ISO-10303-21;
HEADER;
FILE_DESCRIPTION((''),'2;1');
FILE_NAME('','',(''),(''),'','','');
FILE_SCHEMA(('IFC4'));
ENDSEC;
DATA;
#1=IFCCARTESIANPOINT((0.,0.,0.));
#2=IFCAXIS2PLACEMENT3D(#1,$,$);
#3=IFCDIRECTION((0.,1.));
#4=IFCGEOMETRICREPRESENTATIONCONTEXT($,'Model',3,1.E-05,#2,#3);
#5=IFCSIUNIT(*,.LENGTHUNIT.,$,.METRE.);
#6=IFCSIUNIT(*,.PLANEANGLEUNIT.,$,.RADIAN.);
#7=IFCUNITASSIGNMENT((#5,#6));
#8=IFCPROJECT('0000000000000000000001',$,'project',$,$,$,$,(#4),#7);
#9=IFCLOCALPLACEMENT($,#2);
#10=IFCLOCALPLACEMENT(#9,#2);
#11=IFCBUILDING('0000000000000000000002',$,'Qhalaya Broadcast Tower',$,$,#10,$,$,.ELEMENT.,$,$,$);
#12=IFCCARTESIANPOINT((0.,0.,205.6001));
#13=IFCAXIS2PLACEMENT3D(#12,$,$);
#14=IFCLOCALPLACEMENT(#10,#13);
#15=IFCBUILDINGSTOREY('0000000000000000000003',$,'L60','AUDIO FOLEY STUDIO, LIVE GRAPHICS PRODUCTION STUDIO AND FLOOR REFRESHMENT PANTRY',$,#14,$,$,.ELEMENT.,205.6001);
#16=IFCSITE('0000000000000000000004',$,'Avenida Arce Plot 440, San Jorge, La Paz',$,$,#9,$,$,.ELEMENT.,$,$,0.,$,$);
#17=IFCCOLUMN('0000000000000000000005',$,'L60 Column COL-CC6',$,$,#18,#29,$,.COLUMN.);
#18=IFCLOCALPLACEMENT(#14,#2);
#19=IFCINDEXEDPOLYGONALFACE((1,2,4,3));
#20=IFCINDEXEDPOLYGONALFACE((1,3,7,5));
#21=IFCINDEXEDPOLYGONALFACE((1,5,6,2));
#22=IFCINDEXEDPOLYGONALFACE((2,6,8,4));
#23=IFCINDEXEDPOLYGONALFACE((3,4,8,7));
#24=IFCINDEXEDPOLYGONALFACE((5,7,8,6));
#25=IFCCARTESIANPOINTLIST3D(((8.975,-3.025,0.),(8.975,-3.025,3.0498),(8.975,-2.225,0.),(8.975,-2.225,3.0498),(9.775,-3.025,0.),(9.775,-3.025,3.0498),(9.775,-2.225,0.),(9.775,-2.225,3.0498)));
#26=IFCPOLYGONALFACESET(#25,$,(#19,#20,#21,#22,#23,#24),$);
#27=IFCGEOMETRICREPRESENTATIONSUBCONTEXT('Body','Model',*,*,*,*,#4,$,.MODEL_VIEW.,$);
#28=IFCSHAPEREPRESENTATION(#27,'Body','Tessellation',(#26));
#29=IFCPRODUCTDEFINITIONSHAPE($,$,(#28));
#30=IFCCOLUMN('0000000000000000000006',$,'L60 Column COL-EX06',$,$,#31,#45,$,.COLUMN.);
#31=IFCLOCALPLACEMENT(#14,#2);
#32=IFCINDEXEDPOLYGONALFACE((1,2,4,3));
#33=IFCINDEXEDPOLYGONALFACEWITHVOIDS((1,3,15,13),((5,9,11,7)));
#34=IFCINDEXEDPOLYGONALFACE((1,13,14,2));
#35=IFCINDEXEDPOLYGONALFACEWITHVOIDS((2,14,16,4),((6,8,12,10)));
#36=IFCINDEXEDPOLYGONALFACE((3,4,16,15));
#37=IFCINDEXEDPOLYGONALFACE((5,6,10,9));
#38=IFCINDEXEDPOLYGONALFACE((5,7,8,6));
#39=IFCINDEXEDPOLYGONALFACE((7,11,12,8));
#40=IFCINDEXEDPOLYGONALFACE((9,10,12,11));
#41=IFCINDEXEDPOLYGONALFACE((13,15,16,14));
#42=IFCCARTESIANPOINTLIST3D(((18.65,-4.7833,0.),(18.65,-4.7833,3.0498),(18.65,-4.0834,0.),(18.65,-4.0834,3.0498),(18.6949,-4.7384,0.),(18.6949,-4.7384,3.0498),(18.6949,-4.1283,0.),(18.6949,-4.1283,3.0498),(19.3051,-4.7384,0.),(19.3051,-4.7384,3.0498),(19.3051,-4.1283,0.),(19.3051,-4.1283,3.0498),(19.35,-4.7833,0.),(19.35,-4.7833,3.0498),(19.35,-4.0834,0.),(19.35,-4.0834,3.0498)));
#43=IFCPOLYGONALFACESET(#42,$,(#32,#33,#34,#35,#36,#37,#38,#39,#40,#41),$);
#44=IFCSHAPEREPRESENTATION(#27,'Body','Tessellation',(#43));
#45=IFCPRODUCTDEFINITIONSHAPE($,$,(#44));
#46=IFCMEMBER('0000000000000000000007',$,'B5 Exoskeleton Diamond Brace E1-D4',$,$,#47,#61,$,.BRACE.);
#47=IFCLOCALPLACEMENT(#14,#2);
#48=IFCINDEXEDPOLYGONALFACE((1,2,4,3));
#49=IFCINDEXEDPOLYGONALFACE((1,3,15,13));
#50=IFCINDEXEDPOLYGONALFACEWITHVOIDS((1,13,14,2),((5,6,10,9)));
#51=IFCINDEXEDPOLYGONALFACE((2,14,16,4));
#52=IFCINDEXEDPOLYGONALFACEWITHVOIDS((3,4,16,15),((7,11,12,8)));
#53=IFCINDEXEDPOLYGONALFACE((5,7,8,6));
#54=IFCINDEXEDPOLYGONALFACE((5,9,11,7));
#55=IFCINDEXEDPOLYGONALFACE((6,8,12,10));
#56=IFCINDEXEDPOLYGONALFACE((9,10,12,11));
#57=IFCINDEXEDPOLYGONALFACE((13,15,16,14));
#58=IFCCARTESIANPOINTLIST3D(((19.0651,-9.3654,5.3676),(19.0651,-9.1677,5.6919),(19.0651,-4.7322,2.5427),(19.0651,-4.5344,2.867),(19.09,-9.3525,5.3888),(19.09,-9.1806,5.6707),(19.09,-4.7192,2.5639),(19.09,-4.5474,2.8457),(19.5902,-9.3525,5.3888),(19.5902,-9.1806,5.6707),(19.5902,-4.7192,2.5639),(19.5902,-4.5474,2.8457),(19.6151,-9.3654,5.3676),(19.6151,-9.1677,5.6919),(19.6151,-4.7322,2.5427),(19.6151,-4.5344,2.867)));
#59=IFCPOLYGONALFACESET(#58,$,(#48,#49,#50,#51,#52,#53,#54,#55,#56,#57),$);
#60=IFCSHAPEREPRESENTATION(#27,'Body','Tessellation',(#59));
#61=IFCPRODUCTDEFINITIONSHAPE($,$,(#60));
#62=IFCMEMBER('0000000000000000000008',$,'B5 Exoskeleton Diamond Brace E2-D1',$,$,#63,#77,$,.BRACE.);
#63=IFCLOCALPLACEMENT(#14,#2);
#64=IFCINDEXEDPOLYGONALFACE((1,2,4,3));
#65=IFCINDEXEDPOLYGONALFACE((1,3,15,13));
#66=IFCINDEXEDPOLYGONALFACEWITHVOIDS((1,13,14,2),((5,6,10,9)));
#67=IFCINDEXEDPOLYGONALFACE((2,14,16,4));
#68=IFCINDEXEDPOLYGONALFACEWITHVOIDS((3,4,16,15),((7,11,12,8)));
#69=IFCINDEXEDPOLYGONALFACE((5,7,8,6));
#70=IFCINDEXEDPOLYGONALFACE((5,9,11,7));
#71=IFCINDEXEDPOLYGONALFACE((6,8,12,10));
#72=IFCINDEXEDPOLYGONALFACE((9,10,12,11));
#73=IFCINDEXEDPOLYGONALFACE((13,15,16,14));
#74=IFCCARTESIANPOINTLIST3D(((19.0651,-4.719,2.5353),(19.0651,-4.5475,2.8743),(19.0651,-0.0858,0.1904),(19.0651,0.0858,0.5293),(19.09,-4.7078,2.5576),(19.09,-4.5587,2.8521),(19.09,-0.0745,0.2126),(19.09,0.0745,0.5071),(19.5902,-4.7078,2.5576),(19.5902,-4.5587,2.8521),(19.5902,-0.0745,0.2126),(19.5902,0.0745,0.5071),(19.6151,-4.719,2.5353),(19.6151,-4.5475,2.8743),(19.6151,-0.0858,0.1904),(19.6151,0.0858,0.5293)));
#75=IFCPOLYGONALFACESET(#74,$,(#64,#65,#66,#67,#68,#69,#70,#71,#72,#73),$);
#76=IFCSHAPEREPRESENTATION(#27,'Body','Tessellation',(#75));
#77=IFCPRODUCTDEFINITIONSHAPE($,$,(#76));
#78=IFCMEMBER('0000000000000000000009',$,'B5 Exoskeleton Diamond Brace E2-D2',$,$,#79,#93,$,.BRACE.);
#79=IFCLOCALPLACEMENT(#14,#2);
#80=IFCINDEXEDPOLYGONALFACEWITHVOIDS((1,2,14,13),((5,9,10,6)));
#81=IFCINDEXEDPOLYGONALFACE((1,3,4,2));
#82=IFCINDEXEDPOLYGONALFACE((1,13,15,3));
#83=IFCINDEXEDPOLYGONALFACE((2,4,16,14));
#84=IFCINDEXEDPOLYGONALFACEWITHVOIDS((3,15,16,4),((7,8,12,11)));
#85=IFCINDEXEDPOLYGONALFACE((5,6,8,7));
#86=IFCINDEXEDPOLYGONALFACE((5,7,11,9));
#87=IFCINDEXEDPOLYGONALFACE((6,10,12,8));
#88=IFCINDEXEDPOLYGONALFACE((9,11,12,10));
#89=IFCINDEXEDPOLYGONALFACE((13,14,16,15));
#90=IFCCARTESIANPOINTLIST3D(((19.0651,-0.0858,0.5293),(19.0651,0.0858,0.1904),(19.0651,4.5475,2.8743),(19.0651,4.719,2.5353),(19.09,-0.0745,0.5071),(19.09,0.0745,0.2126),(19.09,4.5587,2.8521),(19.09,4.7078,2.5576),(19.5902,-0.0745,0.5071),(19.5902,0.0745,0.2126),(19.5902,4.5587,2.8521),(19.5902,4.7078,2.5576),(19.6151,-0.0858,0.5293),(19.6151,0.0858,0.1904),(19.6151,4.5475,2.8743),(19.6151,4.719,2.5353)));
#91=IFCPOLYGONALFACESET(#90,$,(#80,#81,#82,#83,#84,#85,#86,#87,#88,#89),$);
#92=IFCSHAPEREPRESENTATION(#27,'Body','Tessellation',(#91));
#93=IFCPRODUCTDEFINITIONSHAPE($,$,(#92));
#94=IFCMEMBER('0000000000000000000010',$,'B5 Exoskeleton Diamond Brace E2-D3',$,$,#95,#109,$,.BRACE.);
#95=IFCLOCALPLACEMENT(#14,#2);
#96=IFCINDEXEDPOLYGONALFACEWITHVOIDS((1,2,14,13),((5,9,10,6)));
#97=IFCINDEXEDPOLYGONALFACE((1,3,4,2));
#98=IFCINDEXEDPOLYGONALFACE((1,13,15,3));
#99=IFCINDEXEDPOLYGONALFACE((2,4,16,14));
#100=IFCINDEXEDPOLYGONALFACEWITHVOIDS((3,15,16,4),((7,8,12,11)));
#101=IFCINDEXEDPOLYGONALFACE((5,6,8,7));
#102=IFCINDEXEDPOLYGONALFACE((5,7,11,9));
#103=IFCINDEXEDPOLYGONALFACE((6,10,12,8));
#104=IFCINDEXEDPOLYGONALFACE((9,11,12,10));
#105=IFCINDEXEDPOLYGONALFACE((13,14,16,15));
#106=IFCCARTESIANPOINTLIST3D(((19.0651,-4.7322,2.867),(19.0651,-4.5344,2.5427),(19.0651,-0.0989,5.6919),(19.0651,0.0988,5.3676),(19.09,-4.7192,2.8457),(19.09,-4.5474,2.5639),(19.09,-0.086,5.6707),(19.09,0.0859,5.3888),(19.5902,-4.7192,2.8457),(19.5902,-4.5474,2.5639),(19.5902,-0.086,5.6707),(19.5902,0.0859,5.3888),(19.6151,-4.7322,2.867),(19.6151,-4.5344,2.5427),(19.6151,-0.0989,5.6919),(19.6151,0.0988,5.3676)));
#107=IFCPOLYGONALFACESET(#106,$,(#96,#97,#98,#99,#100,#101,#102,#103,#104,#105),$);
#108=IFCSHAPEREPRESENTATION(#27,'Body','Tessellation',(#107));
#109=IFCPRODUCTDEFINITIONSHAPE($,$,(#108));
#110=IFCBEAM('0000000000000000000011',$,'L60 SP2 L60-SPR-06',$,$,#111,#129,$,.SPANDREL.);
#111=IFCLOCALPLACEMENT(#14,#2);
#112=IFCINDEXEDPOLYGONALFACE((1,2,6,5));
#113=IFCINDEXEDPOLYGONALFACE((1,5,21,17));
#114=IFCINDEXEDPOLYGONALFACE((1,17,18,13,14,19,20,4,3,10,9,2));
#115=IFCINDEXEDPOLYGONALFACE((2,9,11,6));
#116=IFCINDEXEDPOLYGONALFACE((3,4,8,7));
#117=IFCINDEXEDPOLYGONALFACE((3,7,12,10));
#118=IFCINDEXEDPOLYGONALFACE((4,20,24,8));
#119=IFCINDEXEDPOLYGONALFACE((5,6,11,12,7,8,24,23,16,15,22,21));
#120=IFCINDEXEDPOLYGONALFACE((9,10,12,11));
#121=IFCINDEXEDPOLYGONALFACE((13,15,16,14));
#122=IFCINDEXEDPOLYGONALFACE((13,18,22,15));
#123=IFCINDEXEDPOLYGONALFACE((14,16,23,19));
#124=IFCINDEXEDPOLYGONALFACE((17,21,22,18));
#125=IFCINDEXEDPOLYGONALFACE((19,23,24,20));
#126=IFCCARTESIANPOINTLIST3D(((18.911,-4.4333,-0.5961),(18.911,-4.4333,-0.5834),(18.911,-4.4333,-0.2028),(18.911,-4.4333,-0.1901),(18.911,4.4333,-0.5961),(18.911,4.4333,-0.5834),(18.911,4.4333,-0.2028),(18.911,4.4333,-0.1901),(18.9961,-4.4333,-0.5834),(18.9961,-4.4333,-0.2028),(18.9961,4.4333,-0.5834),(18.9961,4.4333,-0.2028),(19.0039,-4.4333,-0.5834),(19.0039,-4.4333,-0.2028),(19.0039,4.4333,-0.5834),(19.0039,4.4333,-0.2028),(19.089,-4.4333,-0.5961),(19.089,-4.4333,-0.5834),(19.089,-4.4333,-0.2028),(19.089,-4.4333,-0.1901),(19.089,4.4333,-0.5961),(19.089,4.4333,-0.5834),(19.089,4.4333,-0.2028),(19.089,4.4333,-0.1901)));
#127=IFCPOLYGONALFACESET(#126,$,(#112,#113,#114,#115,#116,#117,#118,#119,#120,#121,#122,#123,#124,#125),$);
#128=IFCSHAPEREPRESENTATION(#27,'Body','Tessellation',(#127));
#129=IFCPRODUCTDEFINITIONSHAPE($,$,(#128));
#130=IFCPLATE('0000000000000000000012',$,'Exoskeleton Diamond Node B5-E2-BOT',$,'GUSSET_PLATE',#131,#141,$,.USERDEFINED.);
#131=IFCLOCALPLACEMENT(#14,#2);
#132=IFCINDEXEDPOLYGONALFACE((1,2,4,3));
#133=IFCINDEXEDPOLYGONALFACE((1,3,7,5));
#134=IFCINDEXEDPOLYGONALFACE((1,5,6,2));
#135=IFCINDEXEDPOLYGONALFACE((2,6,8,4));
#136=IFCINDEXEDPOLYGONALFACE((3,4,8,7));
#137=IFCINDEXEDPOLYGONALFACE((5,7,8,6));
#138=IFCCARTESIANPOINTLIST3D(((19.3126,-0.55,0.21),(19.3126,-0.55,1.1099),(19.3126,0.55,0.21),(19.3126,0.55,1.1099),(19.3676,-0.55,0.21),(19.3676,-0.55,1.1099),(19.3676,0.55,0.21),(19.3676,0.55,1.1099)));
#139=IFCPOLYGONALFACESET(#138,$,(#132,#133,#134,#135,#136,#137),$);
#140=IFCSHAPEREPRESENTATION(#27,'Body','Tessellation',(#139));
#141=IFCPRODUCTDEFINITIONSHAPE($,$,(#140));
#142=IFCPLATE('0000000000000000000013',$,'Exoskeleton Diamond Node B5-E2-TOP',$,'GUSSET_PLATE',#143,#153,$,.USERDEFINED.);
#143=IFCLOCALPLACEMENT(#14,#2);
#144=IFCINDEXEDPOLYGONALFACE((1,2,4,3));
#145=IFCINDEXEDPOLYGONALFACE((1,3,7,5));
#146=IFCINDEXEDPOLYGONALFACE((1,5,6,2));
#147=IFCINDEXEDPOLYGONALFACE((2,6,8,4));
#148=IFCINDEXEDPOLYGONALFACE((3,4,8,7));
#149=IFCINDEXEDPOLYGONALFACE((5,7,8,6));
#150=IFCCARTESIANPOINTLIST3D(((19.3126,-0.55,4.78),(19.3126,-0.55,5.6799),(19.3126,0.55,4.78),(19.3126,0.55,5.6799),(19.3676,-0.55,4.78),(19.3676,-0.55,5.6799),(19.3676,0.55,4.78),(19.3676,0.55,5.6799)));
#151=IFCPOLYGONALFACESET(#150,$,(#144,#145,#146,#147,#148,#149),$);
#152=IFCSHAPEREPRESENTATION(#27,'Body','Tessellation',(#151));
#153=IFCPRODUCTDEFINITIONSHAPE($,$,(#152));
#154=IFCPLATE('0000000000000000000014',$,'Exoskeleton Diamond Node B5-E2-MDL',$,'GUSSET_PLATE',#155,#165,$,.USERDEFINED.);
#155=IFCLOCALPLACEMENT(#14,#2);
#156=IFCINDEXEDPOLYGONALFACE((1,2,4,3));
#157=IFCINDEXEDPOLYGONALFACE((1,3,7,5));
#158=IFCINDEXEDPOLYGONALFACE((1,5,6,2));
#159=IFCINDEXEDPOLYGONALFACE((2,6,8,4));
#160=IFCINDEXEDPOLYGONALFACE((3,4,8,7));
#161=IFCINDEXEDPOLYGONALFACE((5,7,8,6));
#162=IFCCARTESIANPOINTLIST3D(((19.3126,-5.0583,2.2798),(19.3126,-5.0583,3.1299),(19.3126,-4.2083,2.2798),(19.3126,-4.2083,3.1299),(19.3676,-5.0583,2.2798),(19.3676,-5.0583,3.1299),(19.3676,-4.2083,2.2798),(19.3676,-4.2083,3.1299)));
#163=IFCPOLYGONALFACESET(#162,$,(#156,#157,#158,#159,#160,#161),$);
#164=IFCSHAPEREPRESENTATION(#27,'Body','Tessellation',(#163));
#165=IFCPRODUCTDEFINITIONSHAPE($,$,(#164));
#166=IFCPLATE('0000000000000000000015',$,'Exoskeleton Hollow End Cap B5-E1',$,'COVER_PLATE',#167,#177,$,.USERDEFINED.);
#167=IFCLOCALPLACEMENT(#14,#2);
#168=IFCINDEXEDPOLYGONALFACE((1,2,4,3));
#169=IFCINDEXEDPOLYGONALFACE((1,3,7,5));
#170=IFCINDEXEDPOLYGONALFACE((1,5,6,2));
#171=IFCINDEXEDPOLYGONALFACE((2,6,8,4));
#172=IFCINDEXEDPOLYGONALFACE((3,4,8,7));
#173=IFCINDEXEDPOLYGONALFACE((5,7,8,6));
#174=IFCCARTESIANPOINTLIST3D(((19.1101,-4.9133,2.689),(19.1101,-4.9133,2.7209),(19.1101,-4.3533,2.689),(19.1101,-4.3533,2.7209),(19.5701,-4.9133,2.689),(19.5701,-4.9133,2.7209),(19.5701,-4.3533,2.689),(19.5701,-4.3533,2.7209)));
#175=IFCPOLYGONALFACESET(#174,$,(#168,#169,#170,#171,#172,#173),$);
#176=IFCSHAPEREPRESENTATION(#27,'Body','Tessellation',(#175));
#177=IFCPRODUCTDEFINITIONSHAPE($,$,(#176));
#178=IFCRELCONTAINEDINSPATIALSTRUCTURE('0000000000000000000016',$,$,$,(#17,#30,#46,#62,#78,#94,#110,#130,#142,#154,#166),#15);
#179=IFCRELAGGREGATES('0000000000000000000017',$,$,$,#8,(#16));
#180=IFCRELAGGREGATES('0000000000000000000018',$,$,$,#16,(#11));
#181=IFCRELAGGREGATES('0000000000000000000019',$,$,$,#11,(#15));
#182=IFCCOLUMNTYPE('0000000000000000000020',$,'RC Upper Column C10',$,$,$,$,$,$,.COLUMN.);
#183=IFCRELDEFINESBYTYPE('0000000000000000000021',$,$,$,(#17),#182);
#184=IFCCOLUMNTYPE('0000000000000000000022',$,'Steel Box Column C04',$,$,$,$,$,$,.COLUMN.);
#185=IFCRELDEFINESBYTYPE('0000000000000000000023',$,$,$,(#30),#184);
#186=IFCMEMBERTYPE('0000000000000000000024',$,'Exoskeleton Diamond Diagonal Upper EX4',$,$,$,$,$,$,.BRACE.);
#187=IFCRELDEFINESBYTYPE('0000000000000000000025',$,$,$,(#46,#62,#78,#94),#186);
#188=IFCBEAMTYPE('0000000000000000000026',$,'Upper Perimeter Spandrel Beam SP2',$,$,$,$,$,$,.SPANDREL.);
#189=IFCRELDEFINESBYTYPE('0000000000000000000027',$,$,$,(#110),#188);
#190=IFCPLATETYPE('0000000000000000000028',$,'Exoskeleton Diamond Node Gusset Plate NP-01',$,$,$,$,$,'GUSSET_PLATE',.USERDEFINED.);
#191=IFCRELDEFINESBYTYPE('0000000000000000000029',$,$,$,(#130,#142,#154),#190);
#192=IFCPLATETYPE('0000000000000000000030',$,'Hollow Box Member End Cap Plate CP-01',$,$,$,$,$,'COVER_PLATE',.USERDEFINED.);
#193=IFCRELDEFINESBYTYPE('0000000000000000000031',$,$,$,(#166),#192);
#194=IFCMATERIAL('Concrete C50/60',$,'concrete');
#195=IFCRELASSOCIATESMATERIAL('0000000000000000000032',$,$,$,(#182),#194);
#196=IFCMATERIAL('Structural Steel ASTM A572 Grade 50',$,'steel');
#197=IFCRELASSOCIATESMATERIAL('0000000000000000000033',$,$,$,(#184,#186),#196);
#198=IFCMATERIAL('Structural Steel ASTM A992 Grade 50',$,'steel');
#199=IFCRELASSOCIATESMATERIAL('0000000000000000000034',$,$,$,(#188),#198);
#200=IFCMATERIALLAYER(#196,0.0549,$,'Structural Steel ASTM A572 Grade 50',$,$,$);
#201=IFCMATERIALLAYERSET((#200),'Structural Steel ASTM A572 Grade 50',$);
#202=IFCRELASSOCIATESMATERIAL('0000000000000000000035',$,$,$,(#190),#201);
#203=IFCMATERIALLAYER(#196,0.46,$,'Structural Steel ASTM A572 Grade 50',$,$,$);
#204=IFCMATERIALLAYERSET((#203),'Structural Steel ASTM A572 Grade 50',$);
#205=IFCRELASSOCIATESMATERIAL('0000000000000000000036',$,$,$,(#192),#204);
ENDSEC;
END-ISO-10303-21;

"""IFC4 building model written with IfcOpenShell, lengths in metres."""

from ifc_helpers import new_model, si_unit, direction, frame, origin, origin_2d, place, context, subcontext, project, spatial, rectangle, hollow_rectangle, i_section, extrude, material, layer, layer_set, material_profile, profile_set, type_object, element, save


model = new_model("IFC4")

# Units and contexts
model_context = context("Model", 3, precision=1e-05, world=origin(), true_north=direction((0.0, 1.0)))
body_context = subcontext(model_context, "Body", "Model", "MODEL_VIEW")
ifc_project = project(units=[si_unit("LENGTHUNIT", "METRE"), si_unit("PLANEANGLEUNIT", "RADIAN")], contexts=[model_context])

# Site, building, storey
site_placement = place(None, origin())
site = spatial("IfcSite", under=ifc_project, at=site_placement, Name="Avenida Arce Plot 440, San Jorge, La Paz", CompositionType="ELEMENT", RefElevation=0.0)
building_placement = place(site_placement, origin())
building = spatial("IfcBuilding", under=site, at=building_placement, Name="Qhalaya Broadcast Tower", CompositionType="ELEMENT")
storey_placement = place(building_placement, frame((0.0, 0.0, 205.6001)))
storey = spatial("IfcBuildingStorey", under=building, at=storey_placement, Name="L60", Description="AUDIO FOLEY STUDIO, LIVE GRAPHICS PRODUCTION STUDIO AND FLOOR REFRESHMENT PANTRY", CompositionType="ELEMENT", Elevation=205.6001)

# Columns
ifc_material_1 = material(Name="Concrete C50/60", Category="concrete")
ifc_material_profile_1 = material_profile(ifc_material_1, rectangle(XDim=0.8, YDim=0.8, at=origin_2d()), Name="RC-COL 800x800")
ifc_profile_set_1 = profile_set([ifc_material_profile_1], Name="Concrete C50/60")
column_type_1 = type_object("IfcColumnType", Name="RC Upper Column C10", PredefinedType="COLUMN", material=ifc_profile_set_1)
column_1_placement = place(storey_placement, frame((9.375, -2.625, 0.0), z_axis=(0.0, 0.0, 1.0), x_axis=(1.0, 0.0, 0.0)))
element("IfcColumn", 1, at=column_1_placement, inside=storey, type_object=column_type_1, Name="L60 Column COL-CC6", PredefinedType="COLUMN", context=body_context, shape_type="SweptSolid", body=[
    extrude(rectangle(XDim=0.8, YDim=0.8, at=origin_2d()), origin(), (0.0, 0.0, 1.0), 3.0498),
])
ifc_material_2 = material(Name="Structural Steel ASTM A572 Grade 50", Category="steel")
ifc_material_profile_2 = material_profile(ifc_material_2, hollow_rectangle(XDim=0.7, YDim=0.7, WallThickness=0.0449, at=origin_2d()), Name="BOX 700x700x45")
ifc_profile_set_2 = profile_set([ifc_material_profile_2], Name="Structural Steel ASTM A572 Grade 50")
column_type_2 = type_object("IfcColumnType", Name="Steel Box Column C04", PredefinedType="COLUMN", material=ifc_profile_set_2)
column_2_placement = place(storey_placement, frame((19.0, -4.4333, 0.0), z_axis=(0.0, 0.0, 1.0), x_axis=(0.0, 1.0, 0.0)))
element("IfcColumn", 2, at=column_2_placement, inside=storey, type_object=column_type_2, Name="L60 Column COL-EX06", PredefinedType="COLUMN", context=body_context, shape_type="SweptSolid", body=[
    extrude(hollow_rectangle(XDim=0.7, YDim=0.7, WallThickness=0.0449, at=origin_2d()), origin(), (0.0, 0.0, 1.0), 3.0498),
])

# Members
ifc_material_profile_3 = material_profile(ifc_material_2, hollow_rectangle(XDim=0.3799, YDim=0.55, WallThickness=0.0249, at=origin_2d()), Name="BOX 380x550x25")
ifc_profile_set_3 = profile_set([ifc_material_profile_3], Name="Structural Steel ASTM A572 Grade 50")
member_type = type_object("IfcMemberType", Name="Exoskeleton Diamond Diagonal Upper EX4", PredefinedType="BRACE", material=ifc_profile_set_3)
member_1_placement = place(storey_placement, frame((19.3401, -4.6333, 2.7048), z_axis=(0.0, -0.853815, 0.520576), x_axis=(0.0, 0.520576, 0.853815)))
element("IfcMember", 3, at=member_1_placement, inside=storey, type_object=member_type, Name="B5 Exoskeleton Diamond Brace E1-D4", PredefinedType="BRACE", context=body_context, shape_type="SweptSolid", body=[
    extrude(hollow_rectangle(XDim=0.3799, YDim=0.55, WallThickness=0.0249, at=origin_2d()), origin(), (0.0, 0.0, 1.0), 5.4265),
])
for number, where, z_axis, x_axis, name in (
    (4, (19.3401, 0.0, 0.3599), (0.0, -0.892235, 0.451571), (0.0, 0.451571, 0.892235), "B5 Exoskeleton Diamond Brace E2-D1"),
    (5, (19.3401, 0.0, 0.3599), (0.0, 0.892235, 0.451571), (0.0, -0.451571, 0.892235), "B5 Exoskeleton Diamond Brace E2-D2"),
):
    element("IfcMember", number, at=place(storey_placement, frame(where, z_axis=z_axis, x_axis=x_axis)), inside=storey, type_object=member_type, Name=name, PredefinedType="BRACE", context=body_context, shape_type="SweptSolid", body=[
        extrude(hollow_rectangle(XDim=0.3799, YDim=0.55, WallThickness=0.0249, at=origin_2d()), origin(), (0.0, 0.0, 1.0), 5.1929),
    ])
member_2_placement = place(storey_placement, frame((19.3401, -4.6333, 2.7048), z_axis=(0.0, 0.853815, 0.520576), x_axis=(0.0, -0.520576, 0.853815)))
element("IfcMember", 6, at=member_2_placement, inside=storey, type_object=member_type, Name="B5 Exoskeleton Diamond Brace E2-D3", PredefinedType="BRACE", context=body_context, shape_type="SweptSolid", body=[
    extrude(hollow_rectangle(XDim=0.3799, YDim=0.55, WallThickness=0.0249, at=origin_2d()), origin(), (0.0, 0.0, 1.0), 5.4265),
])

# Beam
ifc_material_3 = material(Name="Structural Steel ASTM A992 Grade 50", Category="steel")
ifc_material_profile_4 = material_profile(ifc_material_3, i_section(OverallWidth=0.178, OverallDepth=0.406, WebThickness=0.0078, FlangeThickness=0.0127, at=origin_2d()), Name="W16X40")
ifc_profile_set_4 = profile_set([ifc_material_profile_4], Name="Structural Steel ASTM A992 Grade 50")
beam_type = type_object("IfcBeamType", Name="Upper Perimeter Spandrel Beam SP2", PredefinedType="SPANDREL", material=ifc_profile_set_4)
beam_placement = place(storey_placement, frame((19.0, -4.4333, -0.3931), z_axis=(0.0, 1.0, 0.0), x_axis=(-1.0, 0.0, 0.0)))
element("IfcBeam", 7, at=beam_placement, inside=storey, type_object=beam_type, Name="L60 SP2 L60-SPR-06", PredefinedType="SPANDREL", context=body_context, shape_type="SweptSolid", body=[
    extrude(i_section(OverallWidth=0.178, OverallDepth=0.406, WebThickness=0.0078, FlangeThickness=0.0127, at=origin_2d()), origin(), (0.0, 0.0, 1.0), 8.8667),
])

# Plates
ifc_layer_1 = layer(ifc_material_2, 0.0549, Name="Structural Steel ASTM A572 Grade 50")
ifc_layer_set_1 = layer_set([ifc_layer_1], Name="Structural Steel ASTM A572 Grade 50")
plate_type_1 = type_object("IfcPlateType", Name="Exoskeleton Diamond Node Gusset Plate NP-01", ElementType="GUSSET_PLATE", PredefinedType="USERDEFINED", material=ifc_layer_set_1)
for number, where, z_axis, x_axis, name in (
    (8, (19.3401, 0.0, 0.21), (0.0, 0.0, 1.0), (0.0, 1.0, 0.0), "Exoskeleton Diamond Node B5-E2-BOT"),
    (9, (19.3401, 0.0, 4.78), (0.0, 0.0, 1.0), (0.0, 1.0, 0.0), "Exoskeleton Diamond Node B5-E2-TOP"),
):
    element("IfcPlate", number, at=place(storey_placement, frame(where, z_axis=z_axis, x_axis=x_axis)), inside=storey, type_object=plate_type_1, Name=name, ObjectType="GUSSET_PLATE", PredefinedType="USERDEFINED", context=body_context, shape_type="SweptSolid", body=[
        extrude(rectangle(XDim=1.1001, YDim=0.0549, at=origin_2d()), origin(), (0.0, 0.0, 1.0), 0.8999),
    ])
plate_1_placement = place(storey_placement, frame((19.3401, -4.6333, 2.2798), z_axis=(0.0, 0.0, 1.0), x_axis=(0.0, 1.0, 0.0)))
element("IfcPlate", 10, at=plate_1_placement, inside=storey, type_object=plate_type_1, Name="Exoskeleton Diamond Node B5-E2-MDL", ObjectType="GUSSET_PLATE", PredefinedType="USERDEFINED", context=body_context, shape_type="SweptSolid", body=[
    extrude(rectangle(XDim=0.8501, YDim=0.0549, at=origin_2d()), origin(), (0.0, 0.0, 1.0), 0.8501),
])
ifc_layer_2 = layer(ifc_material_2, 0.46, Name="Structural Steel ASTM A572 Grade 50")
ifc_layer_set_2 = layer_set([ifc_layer_2], Name="Structural Steel ASTM A572 Grade 50")
plate_type_2 = type_object("IfcPlateType", Name="Hollow Box Member End Cap Plate CP-01", ElementType="COVER_PLATE", PredefinedType="USERDEFINED", material=ifc_layer_set_2)
plate_2_placement = place(storey_placement, frame((19.3401, -4.6333, 2.689), z_axis=(0.0, 0.0, 1.0), x_axis=(0.0, 1.0, 0.0)))
element("IfcPlate", 11, at=plate_2_placement, inside=storey, type_object=plate_type_2, Name="Exoskeleton Hollow End Cap B5-E1", ObjectType="COVER_PLATE", PredefinedType="USERDEFINED", context=body_context, shape_type="SweptSolid", body=[
    extrude(rectangle(XDim=0.5601, YDim=0.46, at=origin_2d()), origin(), (0.0, 0.0, 1.0), 0.032),
])

save(model, "model.ifc")
